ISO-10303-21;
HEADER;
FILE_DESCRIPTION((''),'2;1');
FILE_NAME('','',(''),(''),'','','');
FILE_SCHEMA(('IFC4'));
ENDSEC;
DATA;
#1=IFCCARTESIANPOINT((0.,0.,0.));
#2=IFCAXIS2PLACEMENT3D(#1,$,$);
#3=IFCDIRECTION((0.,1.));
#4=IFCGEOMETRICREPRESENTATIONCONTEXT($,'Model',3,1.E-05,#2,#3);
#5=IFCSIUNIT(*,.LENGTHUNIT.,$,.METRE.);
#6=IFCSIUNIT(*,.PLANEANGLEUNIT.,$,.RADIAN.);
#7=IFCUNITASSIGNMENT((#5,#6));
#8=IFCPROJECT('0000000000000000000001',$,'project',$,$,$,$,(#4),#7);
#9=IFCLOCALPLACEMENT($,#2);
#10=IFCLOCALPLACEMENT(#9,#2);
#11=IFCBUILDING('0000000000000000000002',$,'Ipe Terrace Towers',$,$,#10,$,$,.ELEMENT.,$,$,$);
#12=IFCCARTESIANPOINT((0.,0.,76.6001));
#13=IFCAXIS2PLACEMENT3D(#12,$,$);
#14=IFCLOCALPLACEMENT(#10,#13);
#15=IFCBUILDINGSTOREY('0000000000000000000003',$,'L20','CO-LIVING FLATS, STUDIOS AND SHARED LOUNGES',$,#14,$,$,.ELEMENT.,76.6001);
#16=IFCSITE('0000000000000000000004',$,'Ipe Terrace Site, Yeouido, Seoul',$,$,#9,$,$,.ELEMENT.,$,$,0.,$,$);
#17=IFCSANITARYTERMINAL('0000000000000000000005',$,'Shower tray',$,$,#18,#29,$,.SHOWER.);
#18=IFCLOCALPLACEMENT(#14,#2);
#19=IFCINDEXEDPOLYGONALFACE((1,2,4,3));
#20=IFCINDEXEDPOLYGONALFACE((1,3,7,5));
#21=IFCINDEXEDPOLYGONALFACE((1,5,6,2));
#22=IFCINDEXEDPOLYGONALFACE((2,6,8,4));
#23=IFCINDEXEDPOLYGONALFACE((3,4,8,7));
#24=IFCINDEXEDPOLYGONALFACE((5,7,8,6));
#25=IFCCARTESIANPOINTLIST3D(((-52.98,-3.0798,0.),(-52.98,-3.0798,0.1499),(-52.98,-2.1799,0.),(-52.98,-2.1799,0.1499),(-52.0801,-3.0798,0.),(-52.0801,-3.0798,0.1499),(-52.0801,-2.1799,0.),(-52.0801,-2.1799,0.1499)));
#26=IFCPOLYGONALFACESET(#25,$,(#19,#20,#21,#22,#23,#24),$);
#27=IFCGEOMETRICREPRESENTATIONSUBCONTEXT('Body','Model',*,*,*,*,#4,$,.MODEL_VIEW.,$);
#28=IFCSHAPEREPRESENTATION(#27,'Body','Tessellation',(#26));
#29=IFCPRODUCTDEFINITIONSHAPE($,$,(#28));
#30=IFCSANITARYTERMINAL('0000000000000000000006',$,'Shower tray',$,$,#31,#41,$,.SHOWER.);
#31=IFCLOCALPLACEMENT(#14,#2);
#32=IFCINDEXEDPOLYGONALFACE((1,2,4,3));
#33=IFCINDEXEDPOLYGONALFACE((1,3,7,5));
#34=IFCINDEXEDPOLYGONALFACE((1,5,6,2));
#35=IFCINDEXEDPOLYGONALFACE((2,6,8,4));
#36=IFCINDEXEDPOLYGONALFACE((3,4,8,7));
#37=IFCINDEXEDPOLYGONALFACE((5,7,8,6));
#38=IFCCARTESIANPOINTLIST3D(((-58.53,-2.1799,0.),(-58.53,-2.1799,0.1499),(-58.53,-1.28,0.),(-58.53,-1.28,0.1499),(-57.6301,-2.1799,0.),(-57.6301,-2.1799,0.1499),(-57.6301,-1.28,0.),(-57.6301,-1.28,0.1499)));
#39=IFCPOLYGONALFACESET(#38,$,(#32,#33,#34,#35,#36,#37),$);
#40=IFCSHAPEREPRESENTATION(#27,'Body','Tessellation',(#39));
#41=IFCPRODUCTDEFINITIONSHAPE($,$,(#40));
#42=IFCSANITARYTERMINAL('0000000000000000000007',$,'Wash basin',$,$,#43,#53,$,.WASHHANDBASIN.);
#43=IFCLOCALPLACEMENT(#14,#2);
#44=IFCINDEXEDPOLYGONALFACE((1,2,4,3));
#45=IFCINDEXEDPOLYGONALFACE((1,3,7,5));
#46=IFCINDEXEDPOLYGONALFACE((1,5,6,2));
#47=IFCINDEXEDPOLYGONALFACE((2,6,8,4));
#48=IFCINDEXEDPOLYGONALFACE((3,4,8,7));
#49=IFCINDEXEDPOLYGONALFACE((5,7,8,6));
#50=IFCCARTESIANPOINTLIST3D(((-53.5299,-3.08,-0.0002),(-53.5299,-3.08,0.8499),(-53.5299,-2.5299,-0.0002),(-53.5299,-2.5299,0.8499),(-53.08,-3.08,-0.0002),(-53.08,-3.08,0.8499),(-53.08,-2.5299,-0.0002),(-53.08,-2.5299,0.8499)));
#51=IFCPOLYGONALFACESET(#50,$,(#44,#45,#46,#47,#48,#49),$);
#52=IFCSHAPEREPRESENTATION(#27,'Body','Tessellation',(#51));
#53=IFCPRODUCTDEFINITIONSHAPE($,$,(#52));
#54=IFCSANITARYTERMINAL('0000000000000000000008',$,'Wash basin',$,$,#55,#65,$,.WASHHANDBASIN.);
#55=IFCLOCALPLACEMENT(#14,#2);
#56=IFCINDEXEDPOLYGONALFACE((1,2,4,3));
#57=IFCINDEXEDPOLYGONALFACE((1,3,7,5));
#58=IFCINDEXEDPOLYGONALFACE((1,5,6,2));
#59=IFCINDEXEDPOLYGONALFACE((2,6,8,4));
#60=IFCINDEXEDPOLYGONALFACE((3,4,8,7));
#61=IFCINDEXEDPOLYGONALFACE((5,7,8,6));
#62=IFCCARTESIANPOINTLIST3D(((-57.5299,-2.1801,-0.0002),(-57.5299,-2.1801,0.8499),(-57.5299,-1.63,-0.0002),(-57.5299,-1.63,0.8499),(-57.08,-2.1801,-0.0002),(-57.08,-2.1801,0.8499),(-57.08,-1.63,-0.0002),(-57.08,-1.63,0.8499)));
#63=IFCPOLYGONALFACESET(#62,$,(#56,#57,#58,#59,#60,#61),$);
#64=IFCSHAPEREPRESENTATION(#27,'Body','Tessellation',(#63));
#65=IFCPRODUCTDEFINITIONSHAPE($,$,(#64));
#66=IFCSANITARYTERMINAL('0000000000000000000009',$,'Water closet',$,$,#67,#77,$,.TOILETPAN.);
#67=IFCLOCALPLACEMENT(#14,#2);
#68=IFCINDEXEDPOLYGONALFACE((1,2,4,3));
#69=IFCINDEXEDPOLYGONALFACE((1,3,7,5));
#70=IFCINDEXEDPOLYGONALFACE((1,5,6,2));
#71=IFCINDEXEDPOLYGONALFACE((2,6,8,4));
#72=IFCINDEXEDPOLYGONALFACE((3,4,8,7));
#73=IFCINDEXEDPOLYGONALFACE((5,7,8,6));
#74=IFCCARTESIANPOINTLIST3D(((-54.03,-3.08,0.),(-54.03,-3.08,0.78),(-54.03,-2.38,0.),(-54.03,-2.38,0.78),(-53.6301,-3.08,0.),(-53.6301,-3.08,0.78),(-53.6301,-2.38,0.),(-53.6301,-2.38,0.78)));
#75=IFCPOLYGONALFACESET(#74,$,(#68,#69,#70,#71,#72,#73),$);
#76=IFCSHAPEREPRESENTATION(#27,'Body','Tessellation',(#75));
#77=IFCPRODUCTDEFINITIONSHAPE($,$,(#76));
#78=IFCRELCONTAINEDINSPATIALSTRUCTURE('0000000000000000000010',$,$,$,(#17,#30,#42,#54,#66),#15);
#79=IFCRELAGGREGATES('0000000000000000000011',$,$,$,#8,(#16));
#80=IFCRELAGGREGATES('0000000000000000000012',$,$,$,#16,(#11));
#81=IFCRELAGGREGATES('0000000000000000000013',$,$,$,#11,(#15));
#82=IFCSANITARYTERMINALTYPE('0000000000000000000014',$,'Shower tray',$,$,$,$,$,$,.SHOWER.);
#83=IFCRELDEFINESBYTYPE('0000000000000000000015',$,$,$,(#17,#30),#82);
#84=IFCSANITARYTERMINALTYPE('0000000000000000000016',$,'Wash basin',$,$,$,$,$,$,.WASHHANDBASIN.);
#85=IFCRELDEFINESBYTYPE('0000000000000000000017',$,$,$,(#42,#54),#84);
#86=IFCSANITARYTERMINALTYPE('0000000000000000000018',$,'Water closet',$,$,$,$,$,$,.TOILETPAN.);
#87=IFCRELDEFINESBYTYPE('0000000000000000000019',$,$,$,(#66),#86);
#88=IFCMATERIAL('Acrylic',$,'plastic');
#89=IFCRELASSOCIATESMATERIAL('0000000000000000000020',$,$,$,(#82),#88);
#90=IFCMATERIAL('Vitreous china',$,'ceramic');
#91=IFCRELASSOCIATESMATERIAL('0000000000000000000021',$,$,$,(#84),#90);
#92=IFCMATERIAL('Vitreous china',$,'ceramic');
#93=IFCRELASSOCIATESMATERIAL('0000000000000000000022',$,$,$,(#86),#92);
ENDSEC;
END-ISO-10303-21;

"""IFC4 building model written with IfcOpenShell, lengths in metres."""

from ifc_helpers import new_model, si_unit, direction, frame, origin, origin_2d, place, context, subcontext, project, spatial, rectangle, extrude, material, type_object, element, save


model = new_model("IFC4")

# Units and contexts
model_context = context("Model", 3, precision=1e-05, world=origin(), true_north=direction((0.0, 1.0)))
body_context = subcontext(model_context, "Body", "Model", "MODEL_VIEW")
ifc_project = project(units=[si_unit("LENGTHUNIT", "METRE"), si_unit("PLANEANGLEUNIT", "RADIAN")], contexts=[model_context])

# Site, building, storey
site_placement = place(None, origin())
site = spatial("IfcSite", under=ifc_project, at=site_placement, Name="Ipe Terrace Site, Yeouido, Seoul", CompositionType="ELEMENT", RefElevation=0.0)
building_placement = place(site_placement, origin())
building = spatial("IfcBuilding", under=site, at=building_placement, Name="Ipe Terrace Towers", CompositionType="ELEMENT")
storey_placement = place(building_placement, frame((0.0, 0.0, 76.6001)))
storey = spatial("IfcBuildingStorey", under=building, at=storey_placement, Name="L20", Description="CO-LIVING FLATS, STUDIOS AND SHARED LOUNGES", CompositionType="ELEMENT", Elevation=76.6001)

# Sanitary terminals
ifc_material_1 = material(Name="Acrylic", Category="plastic")
sanitary_terminal_type_1 = type_object("IfcSanitaryTerminalType", Name="Shower tray", PredefinedType="SHOWER", material=ifc_material_1)
for number, where, z_axis, x_axis, name in (
    (1, (-52.53, -2.6299, 0.0), (0.0, 0.0, 1.0), (0.0, 1.0, 0.0), "Shower tray"),
    (2, (-58.0801, -1.73, 0.0), (0.0, 0.0, 1.0), (0.0, 1.0, 0.0), "Shower tray"),
):
    element("IfcSanitaryTerminal", number, at=place(storey_placement, frame(where, z_axis=z_axis, x_axis=x_axis)), inside=storey, type_object=sanitary_terminal_type_1, Name=name, PredefinedType="SHOWER", context=body_context, shape_type="SweptSolid", body=[
        extrude(rectangle(XDim=0.8999, YDim=0.8999, at=origin_2d()), origin(), (0.0, 0.0, 1.0), 0.1499),
    ])
ifc_material_2 = material(Name="Vitreous china", Category="ceramic")
sanitary_terminal_type_2 = type_object("IfcSanitaryTerminalType", Name="Wash basin", PredefinedType="WASHHANDBASIN", material=ifc_material_2)
for number, where, z_axis, x_axis, name in (
    (3, (-53.3049, -2.8049, -0.0002), (0.0, 0.0, 1.0), (0.0, 1.0, 0.0), "Wash basin"),
    (4, (-57.3049, -1.905, -0.0002), (0.0, 0.0, 1.0), (0.0, 1.0, 0.0), "Wash basin"),
):
    element("IfcSanitaryTerminal", number, at=place(storey_placement, frame(where, z_axis=z_axis, x_axis=x_axis)), inside=storey, type_object=sanitary_terminal_type_2, Name=name, PredefinedType="WASHHANDBASIN", context=body_context, shape_type="SweptSolid", body=[
        extrude(rectangle(XDim=0.55, YDim=0.45, at=origin_2d()), origin(), (0.0, 0.0, 1.0), 0.8501),
    ])
ifc_material_3 = material(Name="Vitreous china", Category="ceramic")
sanitary_terminal_type_3 = type_object("IfcSanitaryTerminalType", Name="Water closet", PredefinedType="TOILETPAN", material=ifc_material_3)
sanitary_terminal_placement = place(storey_placement, frame((-53.8301, -2.73, 0.0), z_axis=(0.0, 0.0, 1.0), x_axis=(0.0, 1.0, 0.0)))
element("IfcSanitaryTerminal", 5, at=sanitary_terminal_placement, inside=storey, type_object=sanitary_terminal_type_3, Name="Water closet", PredefinedType="TOILETPAN", context=body_context, shape_type="SweptSolid", body=[
    extrude(rectangle(XDim=0.7, YDim=0.3999, at=origin_2d()), origin(), (0.0, 0.0, 1.0), 0.78),
])

save(model, "model.ifc")
